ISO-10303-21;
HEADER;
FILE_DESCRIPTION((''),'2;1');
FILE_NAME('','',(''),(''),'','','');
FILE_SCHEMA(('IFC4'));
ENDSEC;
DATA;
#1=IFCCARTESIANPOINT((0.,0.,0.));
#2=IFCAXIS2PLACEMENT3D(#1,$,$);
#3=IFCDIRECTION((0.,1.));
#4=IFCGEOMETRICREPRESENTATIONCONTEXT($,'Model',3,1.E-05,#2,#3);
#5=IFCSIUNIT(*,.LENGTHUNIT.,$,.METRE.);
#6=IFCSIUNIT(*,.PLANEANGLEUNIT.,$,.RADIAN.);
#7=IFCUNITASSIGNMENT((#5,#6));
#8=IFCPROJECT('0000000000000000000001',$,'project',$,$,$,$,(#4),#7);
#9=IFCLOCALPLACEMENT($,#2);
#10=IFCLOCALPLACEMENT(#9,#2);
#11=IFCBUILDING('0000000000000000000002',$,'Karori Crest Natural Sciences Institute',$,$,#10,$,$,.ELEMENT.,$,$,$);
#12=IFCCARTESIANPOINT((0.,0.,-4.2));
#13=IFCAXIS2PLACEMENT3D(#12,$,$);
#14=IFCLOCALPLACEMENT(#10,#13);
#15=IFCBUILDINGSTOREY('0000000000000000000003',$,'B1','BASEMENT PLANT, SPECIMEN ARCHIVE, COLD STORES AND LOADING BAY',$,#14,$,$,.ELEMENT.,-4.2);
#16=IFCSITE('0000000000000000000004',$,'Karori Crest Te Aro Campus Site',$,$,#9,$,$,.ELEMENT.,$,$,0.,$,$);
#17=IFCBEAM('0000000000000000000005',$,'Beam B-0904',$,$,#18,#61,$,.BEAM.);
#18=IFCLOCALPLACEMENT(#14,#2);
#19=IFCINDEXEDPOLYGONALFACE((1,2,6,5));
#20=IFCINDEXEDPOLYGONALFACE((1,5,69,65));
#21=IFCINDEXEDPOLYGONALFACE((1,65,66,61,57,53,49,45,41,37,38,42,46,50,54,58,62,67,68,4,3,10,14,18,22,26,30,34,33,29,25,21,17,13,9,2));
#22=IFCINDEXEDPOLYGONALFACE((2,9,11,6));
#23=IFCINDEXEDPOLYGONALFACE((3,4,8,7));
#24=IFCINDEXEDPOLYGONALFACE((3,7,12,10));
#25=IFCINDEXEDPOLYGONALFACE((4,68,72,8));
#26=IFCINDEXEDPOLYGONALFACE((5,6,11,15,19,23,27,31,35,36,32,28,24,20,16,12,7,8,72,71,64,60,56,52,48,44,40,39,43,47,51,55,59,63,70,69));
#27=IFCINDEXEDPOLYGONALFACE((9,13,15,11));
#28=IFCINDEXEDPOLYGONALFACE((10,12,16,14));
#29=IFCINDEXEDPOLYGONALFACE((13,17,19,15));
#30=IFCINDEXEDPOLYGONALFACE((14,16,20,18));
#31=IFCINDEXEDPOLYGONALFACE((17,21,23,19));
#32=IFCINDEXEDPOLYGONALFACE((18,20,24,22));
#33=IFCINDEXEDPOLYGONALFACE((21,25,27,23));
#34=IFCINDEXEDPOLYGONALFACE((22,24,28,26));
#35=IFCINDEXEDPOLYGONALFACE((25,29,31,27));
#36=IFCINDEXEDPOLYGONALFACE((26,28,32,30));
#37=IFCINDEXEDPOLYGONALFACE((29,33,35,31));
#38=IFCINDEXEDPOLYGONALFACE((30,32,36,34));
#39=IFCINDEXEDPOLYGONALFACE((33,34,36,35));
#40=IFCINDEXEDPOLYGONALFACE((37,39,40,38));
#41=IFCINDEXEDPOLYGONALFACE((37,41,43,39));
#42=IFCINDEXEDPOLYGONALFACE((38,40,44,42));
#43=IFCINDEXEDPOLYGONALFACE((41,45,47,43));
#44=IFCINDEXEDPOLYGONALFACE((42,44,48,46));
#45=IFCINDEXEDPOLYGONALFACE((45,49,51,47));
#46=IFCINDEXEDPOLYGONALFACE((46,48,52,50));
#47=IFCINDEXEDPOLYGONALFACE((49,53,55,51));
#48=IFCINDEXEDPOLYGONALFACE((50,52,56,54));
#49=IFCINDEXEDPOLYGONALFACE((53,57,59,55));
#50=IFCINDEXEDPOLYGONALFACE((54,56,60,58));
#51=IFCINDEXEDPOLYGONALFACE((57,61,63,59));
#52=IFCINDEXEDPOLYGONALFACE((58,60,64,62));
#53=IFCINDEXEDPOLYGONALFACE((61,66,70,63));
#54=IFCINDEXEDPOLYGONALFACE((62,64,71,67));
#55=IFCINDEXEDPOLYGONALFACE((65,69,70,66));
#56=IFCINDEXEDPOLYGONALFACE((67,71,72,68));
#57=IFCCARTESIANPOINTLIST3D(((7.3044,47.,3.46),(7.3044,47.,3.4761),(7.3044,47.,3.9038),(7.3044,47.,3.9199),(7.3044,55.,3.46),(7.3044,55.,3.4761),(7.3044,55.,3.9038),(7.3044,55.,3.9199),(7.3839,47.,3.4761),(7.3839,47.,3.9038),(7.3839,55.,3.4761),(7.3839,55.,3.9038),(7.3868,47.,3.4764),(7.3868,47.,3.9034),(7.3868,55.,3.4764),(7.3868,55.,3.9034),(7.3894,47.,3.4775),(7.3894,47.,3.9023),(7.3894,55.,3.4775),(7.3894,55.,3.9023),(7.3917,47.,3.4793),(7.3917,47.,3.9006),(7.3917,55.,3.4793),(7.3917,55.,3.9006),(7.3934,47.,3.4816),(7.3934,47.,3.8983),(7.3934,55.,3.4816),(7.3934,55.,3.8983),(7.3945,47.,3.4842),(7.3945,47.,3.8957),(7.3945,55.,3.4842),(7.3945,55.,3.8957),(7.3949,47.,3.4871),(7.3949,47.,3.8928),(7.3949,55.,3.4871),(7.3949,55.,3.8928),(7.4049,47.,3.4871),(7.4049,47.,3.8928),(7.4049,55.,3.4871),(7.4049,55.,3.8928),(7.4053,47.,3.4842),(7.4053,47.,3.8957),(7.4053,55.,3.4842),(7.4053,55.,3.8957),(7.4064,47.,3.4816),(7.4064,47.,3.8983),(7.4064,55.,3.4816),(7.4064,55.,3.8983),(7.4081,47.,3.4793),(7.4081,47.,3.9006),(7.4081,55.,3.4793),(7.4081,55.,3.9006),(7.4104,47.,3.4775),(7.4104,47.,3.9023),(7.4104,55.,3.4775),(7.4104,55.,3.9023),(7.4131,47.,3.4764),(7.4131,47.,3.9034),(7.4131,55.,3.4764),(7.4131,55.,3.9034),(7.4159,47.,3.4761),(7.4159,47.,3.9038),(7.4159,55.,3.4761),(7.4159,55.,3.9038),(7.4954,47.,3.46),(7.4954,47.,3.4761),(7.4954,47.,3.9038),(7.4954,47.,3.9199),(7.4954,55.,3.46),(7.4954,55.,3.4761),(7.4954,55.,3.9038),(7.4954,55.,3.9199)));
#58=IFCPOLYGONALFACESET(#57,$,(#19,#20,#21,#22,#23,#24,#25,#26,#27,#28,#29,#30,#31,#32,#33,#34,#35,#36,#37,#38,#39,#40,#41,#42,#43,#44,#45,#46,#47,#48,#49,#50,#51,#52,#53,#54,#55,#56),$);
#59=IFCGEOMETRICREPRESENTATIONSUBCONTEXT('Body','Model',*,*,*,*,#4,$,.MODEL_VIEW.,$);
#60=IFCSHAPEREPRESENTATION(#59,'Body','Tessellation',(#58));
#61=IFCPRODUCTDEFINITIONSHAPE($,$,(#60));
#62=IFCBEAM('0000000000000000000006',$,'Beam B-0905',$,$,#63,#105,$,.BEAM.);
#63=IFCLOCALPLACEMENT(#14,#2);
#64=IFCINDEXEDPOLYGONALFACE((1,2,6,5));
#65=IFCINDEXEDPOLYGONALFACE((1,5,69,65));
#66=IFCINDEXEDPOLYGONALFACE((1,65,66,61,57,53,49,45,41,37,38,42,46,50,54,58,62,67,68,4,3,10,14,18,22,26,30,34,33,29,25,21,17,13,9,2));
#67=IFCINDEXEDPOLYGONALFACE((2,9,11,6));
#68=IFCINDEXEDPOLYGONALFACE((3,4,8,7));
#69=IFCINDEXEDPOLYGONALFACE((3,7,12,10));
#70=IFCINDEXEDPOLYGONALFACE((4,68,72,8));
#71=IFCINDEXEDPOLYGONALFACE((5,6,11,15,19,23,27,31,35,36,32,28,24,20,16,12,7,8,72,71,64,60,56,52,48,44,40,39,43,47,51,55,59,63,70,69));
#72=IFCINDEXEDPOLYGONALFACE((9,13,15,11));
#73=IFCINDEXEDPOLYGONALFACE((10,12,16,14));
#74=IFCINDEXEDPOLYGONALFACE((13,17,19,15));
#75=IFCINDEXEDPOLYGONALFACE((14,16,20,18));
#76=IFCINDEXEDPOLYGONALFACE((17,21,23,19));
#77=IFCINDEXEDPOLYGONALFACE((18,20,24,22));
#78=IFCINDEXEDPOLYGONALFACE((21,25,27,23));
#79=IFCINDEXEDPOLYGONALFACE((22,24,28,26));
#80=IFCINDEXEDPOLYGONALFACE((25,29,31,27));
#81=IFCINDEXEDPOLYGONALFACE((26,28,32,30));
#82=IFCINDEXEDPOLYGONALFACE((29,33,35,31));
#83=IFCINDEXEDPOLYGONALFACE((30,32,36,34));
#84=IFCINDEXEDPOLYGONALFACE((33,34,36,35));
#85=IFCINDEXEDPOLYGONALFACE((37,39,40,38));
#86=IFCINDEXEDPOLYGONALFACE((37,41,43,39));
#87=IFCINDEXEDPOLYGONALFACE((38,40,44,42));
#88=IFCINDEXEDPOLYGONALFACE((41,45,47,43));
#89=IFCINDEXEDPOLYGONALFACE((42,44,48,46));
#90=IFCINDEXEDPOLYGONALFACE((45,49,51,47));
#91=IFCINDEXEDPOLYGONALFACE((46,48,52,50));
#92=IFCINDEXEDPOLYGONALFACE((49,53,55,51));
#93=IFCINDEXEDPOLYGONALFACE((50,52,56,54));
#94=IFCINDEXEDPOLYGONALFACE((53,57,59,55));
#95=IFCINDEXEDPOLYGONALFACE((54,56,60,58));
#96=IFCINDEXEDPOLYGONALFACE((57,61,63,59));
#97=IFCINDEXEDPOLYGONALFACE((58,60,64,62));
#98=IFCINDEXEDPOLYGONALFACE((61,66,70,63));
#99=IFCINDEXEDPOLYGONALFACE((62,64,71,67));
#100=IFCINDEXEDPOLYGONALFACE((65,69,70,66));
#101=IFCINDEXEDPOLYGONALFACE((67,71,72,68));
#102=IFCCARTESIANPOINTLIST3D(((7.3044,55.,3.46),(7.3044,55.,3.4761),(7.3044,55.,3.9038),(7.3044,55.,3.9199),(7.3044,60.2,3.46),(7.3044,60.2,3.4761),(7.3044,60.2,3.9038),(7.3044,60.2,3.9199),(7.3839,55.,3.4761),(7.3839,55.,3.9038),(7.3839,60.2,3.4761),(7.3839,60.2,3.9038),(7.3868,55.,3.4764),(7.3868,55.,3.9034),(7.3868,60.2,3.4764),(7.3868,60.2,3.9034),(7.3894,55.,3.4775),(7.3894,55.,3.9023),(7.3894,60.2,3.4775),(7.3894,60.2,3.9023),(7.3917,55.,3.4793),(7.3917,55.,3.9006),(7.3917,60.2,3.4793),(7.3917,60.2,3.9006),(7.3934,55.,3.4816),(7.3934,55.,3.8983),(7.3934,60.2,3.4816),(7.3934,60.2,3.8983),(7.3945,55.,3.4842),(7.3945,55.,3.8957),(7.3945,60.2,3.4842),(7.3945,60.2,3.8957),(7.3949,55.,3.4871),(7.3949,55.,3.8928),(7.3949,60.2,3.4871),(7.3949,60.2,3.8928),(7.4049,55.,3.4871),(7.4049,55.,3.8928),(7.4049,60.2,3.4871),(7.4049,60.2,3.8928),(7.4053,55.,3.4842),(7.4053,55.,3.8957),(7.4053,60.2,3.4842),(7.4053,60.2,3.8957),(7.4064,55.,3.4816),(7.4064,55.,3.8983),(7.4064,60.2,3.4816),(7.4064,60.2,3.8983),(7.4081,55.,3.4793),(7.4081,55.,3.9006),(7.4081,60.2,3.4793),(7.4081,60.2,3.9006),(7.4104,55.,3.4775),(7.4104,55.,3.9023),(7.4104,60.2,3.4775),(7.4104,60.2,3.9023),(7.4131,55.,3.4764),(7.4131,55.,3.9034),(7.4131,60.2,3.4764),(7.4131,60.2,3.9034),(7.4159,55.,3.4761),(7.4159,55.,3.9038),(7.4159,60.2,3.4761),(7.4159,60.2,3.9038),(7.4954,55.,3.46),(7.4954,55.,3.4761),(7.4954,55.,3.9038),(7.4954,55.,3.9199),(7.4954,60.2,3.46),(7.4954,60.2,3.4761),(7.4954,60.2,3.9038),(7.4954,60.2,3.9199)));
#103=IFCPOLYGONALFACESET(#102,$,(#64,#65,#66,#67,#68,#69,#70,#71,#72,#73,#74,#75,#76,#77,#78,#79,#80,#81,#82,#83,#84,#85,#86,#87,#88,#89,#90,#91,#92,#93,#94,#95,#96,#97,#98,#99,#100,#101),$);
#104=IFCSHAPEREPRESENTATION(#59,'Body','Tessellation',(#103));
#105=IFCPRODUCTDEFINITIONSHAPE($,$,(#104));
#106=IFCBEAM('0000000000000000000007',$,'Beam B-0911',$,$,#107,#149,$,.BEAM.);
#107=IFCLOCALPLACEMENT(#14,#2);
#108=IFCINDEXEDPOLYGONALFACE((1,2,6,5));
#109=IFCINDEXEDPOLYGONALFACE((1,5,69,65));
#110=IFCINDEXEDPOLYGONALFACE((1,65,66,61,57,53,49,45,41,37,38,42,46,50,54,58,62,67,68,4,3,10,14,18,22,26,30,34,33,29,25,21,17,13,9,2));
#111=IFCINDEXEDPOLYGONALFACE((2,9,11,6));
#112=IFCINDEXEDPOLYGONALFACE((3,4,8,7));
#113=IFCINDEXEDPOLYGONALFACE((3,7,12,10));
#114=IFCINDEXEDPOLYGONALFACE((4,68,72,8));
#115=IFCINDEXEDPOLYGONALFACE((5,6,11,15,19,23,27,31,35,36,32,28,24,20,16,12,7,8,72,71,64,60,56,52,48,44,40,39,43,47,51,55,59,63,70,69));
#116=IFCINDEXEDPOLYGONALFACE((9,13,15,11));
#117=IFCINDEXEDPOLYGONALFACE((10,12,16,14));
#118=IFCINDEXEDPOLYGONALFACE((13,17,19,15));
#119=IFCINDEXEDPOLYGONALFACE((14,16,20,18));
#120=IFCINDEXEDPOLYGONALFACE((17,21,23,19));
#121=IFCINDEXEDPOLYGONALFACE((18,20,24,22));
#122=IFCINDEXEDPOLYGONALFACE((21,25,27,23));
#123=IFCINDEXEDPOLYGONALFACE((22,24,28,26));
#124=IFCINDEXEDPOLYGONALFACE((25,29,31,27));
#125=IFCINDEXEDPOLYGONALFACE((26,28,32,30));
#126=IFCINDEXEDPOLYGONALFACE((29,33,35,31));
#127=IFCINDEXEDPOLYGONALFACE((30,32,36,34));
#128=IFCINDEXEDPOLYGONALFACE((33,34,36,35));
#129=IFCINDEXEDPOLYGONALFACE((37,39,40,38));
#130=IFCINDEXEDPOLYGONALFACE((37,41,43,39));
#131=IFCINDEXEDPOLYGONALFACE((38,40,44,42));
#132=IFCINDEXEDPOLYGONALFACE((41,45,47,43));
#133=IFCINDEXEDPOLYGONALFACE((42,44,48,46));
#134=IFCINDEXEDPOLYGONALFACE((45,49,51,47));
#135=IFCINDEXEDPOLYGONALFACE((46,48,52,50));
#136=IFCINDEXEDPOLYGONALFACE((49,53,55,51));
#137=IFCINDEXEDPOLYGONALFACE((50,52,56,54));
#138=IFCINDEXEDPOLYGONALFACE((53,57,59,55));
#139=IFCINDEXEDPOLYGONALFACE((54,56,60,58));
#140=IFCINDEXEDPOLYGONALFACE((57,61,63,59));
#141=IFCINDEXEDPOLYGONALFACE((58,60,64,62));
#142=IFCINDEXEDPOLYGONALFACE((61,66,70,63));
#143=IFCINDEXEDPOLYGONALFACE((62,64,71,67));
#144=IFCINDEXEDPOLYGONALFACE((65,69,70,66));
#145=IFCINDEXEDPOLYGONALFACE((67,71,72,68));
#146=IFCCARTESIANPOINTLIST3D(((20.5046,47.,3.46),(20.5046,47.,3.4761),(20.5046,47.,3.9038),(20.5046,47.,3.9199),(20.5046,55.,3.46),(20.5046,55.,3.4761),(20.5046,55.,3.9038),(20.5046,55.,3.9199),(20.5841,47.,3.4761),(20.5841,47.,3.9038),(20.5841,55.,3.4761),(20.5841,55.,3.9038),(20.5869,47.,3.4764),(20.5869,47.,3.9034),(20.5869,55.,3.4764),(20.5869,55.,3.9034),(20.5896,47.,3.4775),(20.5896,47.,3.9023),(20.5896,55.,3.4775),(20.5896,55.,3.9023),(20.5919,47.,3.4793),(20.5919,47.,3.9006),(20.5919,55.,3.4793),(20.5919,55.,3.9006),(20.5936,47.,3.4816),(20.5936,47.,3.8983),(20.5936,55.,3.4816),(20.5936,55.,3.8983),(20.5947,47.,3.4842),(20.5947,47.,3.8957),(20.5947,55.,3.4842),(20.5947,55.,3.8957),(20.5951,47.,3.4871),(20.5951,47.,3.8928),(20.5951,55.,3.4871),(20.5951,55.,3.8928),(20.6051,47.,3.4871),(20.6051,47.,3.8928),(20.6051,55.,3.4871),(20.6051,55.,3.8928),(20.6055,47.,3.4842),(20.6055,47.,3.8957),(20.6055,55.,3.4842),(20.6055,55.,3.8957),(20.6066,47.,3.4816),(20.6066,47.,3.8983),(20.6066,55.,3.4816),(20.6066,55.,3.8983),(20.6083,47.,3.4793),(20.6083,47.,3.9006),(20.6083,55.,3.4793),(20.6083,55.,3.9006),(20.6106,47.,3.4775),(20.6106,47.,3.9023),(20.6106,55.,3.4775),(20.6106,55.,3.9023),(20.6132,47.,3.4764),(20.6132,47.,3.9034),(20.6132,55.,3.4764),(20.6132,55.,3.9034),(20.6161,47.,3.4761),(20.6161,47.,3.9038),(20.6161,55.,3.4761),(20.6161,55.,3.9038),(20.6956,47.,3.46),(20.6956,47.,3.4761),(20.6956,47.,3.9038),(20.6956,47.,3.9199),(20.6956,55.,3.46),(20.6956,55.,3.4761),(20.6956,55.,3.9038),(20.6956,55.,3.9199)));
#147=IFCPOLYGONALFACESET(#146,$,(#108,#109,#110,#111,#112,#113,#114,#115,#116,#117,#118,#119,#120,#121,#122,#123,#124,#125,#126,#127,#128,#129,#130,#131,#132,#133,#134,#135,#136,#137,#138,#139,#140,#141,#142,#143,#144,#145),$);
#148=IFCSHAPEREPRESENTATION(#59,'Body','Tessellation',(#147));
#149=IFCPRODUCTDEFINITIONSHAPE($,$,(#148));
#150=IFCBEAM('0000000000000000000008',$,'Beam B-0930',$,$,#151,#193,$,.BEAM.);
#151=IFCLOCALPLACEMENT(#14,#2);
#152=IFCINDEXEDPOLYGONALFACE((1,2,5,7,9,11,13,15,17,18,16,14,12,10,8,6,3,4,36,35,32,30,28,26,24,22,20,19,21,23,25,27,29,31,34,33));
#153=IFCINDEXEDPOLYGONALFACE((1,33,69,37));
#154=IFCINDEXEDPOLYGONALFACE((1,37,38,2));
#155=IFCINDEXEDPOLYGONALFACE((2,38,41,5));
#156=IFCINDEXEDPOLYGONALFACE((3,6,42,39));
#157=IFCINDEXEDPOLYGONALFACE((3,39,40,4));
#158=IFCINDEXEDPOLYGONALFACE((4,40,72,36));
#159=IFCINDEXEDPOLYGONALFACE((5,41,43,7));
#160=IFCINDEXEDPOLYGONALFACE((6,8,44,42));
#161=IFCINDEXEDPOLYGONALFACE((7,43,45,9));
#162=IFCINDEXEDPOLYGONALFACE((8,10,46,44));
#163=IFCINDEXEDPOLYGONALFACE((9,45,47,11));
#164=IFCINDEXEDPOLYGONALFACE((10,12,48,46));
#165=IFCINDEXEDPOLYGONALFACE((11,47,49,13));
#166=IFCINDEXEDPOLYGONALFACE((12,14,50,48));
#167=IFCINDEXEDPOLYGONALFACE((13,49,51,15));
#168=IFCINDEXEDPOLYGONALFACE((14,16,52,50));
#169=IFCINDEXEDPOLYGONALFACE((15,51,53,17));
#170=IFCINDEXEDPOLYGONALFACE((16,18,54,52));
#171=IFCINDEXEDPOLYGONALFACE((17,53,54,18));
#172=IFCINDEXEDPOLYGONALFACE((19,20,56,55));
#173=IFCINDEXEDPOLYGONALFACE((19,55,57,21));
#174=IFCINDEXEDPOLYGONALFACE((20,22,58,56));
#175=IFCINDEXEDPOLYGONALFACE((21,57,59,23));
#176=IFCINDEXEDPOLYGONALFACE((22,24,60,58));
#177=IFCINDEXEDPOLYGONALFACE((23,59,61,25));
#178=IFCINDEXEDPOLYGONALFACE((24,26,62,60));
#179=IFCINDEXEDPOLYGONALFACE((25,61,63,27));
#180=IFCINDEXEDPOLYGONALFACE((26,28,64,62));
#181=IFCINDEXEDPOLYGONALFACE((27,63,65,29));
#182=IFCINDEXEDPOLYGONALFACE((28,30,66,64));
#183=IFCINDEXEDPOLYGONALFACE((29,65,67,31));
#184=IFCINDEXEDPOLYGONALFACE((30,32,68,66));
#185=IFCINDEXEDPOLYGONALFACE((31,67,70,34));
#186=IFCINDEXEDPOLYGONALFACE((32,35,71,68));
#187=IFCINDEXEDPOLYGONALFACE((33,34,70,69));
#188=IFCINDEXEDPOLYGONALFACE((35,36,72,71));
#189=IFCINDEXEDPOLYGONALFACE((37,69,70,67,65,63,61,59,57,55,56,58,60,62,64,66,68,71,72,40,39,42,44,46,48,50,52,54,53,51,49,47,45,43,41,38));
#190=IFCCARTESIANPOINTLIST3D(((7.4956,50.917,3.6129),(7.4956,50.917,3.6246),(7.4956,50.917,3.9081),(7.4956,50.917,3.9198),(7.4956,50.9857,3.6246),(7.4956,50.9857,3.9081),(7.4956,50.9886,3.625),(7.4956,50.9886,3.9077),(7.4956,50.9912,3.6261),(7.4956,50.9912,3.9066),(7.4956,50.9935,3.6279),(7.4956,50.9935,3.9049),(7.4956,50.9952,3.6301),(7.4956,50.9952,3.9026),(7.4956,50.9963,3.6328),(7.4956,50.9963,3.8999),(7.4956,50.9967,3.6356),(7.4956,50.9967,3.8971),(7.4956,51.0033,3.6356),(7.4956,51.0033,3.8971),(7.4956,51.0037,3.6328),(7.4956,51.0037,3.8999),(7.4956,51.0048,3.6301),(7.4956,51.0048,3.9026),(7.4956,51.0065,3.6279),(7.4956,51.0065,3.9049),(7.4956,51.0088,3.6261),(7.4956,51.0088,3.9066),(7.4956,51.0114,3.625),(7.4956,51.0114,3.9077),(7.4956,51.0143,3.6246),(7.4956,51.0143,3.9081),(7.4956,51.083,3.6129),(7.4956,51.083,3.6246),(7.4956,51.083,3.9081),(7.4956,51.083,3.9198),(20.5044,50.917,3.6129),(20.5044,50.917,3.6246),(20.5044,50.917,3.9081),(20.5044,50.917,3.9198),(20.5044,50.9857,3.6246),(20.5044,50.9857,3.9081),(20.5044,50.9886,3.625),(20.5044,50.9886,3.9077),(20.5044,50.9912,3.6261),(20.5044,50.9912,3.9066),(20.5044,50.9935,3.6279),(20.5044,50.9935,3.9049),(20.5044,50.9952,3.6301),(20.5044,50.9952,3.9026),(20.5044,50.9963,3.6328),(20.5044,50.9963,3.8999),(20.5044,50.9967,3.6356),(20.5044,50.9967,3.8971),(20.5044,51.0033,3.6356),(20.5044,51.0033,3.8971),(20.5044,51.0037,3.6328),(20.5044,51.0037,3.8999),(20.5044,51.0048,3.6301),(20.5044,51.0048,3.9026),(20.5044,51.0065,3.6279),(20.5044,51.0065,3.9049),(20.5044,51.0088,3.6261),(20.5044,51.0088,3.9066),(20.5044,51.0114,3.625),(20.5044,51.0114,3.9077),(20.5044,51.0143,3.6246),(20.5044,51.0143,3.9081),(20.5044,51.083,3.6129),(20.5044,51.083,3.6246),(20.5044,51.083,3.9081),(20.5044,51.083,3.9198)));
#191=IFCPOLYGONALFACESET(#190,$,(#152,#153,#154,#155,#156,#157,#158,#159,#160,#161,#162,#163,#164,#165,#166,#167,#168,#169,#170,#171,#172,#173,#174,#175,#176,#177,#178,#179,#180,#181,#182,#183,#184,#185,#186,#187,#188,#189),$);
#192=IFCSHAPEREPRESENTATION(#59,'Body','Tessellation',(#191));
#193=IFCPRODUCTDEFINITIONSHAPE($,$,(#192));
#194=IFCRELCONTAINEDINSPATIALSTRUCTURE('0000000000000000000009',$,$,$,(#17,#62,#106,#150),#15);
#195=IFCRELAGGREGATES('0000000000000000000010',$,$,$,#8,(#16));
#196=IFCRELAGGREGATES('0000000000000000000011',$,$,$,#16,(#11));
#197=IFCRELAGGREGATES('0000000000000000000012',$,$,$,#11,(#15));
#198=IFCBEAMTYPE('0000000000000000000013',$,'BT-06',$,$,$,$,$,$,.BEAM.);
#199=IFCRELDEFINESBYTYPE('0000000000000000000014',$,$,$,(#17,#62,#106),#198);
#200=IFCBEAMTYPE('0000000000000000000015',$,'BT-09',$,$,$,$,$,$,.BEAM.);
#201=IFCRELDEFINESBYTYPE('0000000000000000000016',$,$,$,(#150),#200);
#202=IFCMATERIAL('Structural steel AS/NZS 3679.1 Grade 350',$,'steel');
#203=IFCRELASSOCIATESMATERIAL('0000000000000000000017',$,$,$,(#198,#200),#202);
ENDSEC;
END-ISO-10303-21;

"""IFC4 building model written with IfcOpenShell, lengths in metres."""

from ifc_helpers import new_model, si_unit, direction, frame, origin, origin_2d, place, context, subcontext, project, spatial, i_section, extrude, material, material_profile, profile_set, type_object, element, save


model = new_model("IFC4")

# Units and contexts
model_context = context("Model", 3, precision=1e-05, world=origin(), true_north=direction((0.0, 1.0)))
body_context = subcontext(model_context, "Body", "Model", "MODEL_VIEW")
ifc_project = project(units=[si_unit("LENGTHUNIT", "METRE"), si_unit("PLANEANGLEUNIT", "RADIAN")], contexts=[model_context])

# Site, building, storey
site_placement = place(None, origin())
site = spatial("IfcSite", under=ifc_project, at=site_placement, Name="Karori Crest Te Aro Campus Site", CompositionType="ELEMENT", RefElevation=0.0)
building_placement = place(site_placement, origin())
building = spatial("IfcBuilding", under=site, at=building_placement, Name="Karori Crest Natural Sciences Institute", CompositionType="ELEMENT")
storey_placement = place(building_placement, frame((0.0, 0.0, -4.2)))
storey = spatial("IfcBuildingStorey", under=building, at=storey_placement, Name="B1", Description="BASEMENT PLANT, SPECIMEN ARCHIVE, COLD STORES AND LOADING BAY", CompositionType="ELEMENT", Elevation=-4.2)

# Shared definitions
ifc_material_1 = material(Name="Structural steel AS/NZS 3679.1 Grade 350", Category="steel")

# Beams
ifc_material_profile_1 = material_profile(ifc_material_1, i_section(OverallWidth=0.1909, OverallDepth=0.46, WebThickness=0.01, FlangeThickness=0.0161, FilletRadius=0.011, at=origin_2d()), Name="460UB82.1")
ifc_profile_set_1 = profile_set([ifc_material_profile_1], Name="Structural steel AS/NZS 3679.1 Grade 350")
beam_type_1 = type_object("IfcBeamType", Name="BT-06", PredefinedType="BEAM", material=ifc_profile_set_1)
beam_1_placement = place(storey_placement, frame((7.3999, 47.0, 3.6899), z_axis=(0.0, 1.0, 0.0), x_axis=(-1.0, 0.0, 0.0)))
element("IfcBeam", 1, at=beam_1_placement, inside=storey, type_object=beam_type_1, Name="Beam B-0904", PredefinedType="BEAM", context=body_context, shape_type="SweptSolid", body=[
    extrude(i_section(OverallWidth=0.1909, OverallDepth=0.46, WebThickness=0.01, FlangeThickness=0.0161, FilletRadius=0.011, at=origin_2d()), origin(), (0.0, 0.0, 1.0), 8.0),
])
beam_2_placement = place(storey_placement, frame((7.3999, 55.0, 3.6899), z_axis=(0.0, 1.0, 0.0), x_axis=(-1.0, 0.0, 0.0)))
element("IfcBeam", 2, at=beam_2_placement, inside=storey, type_object=beam_type_1, Name="Beam B-0905", PredefinedType="BEAM", context=body_context, shape_type="SweptSolid", body=[
    extrude(i_section(OverallWidth=0.1909, OverallDepth=0.46, WebThickness=0.01, FlangeThickness=0.0161, FilletRadius=0.011, at=origin_2d()), origin(), (0.0, 0.0, 1.0), 5.2),
])
beam_3_placement = place(storey_placement, frame((20.6001, 47.0, 3.6899), z_axis=(0.0, 1.0, 0.0), x_axis=(-1.0, 0.0, 0.0)))
element("IfcBeam", 3, at=beam_3_placement, inside=storey, type_object=beam_type_1, Name="Beam B-0911", PredefinedType="BEAM", context=body_context, shape_type="SweptSolid", body=[
    extrude(i_section(OverallWidth=0.1909, OverallDepth=0.46, WebThickness=0.01, FlangeThickness=0.0161, FilletRadius=0.011, at=origin_2d()), origin(), (0.0, 0.0, 1.0), 8.0),
])
ifc_material_profile_2 = material_profile(ifc_material_1, i_section(OverallWidth=0.166, OverallDepth=0.3069, WebThickness=0.0066, FlangeThickness=0.0117, FilletRadius=0.011, at=origin_2d()), Name="310UB46.2")
ifc_profile_set_2 = profile_set([ifc_material_profile_2], Name="Structural steel AS/NZS 3679.1 Grade 350")
beam_type_2 = type_object("IfcBeamType", Name="BT-09", PredefinedType="BEAM", material=ifc_profile_set_2)
for number, where, z_axis, x_axis, name in (
    (4, (7.4956, 51.0, 3.7664), (1.0, 0.0, 0.0), (0.0, 1.0, 0.0), "Beam B-0930"),
):
    element("IfcBeam", number, at=place(storey_placement, frame(where, z_axis=z_axis, x_axis=x_axis)), inside=storey, type_object=beam_type_2, Name=name, PredefinedType="BEAM", context=body_context, shape_type="SweptSolid", body=[
        extrude(i_section(OverallWidth=0.166, OverallDepth=0.3069, WebThickness=0.0066, FlangeThickness=0.0117, FilletRadius=0.011, at=origin_2d()), origin(), (0.0, 0.0, 1.0), 13.0088),
    ])

save(model, "model.ifc")
